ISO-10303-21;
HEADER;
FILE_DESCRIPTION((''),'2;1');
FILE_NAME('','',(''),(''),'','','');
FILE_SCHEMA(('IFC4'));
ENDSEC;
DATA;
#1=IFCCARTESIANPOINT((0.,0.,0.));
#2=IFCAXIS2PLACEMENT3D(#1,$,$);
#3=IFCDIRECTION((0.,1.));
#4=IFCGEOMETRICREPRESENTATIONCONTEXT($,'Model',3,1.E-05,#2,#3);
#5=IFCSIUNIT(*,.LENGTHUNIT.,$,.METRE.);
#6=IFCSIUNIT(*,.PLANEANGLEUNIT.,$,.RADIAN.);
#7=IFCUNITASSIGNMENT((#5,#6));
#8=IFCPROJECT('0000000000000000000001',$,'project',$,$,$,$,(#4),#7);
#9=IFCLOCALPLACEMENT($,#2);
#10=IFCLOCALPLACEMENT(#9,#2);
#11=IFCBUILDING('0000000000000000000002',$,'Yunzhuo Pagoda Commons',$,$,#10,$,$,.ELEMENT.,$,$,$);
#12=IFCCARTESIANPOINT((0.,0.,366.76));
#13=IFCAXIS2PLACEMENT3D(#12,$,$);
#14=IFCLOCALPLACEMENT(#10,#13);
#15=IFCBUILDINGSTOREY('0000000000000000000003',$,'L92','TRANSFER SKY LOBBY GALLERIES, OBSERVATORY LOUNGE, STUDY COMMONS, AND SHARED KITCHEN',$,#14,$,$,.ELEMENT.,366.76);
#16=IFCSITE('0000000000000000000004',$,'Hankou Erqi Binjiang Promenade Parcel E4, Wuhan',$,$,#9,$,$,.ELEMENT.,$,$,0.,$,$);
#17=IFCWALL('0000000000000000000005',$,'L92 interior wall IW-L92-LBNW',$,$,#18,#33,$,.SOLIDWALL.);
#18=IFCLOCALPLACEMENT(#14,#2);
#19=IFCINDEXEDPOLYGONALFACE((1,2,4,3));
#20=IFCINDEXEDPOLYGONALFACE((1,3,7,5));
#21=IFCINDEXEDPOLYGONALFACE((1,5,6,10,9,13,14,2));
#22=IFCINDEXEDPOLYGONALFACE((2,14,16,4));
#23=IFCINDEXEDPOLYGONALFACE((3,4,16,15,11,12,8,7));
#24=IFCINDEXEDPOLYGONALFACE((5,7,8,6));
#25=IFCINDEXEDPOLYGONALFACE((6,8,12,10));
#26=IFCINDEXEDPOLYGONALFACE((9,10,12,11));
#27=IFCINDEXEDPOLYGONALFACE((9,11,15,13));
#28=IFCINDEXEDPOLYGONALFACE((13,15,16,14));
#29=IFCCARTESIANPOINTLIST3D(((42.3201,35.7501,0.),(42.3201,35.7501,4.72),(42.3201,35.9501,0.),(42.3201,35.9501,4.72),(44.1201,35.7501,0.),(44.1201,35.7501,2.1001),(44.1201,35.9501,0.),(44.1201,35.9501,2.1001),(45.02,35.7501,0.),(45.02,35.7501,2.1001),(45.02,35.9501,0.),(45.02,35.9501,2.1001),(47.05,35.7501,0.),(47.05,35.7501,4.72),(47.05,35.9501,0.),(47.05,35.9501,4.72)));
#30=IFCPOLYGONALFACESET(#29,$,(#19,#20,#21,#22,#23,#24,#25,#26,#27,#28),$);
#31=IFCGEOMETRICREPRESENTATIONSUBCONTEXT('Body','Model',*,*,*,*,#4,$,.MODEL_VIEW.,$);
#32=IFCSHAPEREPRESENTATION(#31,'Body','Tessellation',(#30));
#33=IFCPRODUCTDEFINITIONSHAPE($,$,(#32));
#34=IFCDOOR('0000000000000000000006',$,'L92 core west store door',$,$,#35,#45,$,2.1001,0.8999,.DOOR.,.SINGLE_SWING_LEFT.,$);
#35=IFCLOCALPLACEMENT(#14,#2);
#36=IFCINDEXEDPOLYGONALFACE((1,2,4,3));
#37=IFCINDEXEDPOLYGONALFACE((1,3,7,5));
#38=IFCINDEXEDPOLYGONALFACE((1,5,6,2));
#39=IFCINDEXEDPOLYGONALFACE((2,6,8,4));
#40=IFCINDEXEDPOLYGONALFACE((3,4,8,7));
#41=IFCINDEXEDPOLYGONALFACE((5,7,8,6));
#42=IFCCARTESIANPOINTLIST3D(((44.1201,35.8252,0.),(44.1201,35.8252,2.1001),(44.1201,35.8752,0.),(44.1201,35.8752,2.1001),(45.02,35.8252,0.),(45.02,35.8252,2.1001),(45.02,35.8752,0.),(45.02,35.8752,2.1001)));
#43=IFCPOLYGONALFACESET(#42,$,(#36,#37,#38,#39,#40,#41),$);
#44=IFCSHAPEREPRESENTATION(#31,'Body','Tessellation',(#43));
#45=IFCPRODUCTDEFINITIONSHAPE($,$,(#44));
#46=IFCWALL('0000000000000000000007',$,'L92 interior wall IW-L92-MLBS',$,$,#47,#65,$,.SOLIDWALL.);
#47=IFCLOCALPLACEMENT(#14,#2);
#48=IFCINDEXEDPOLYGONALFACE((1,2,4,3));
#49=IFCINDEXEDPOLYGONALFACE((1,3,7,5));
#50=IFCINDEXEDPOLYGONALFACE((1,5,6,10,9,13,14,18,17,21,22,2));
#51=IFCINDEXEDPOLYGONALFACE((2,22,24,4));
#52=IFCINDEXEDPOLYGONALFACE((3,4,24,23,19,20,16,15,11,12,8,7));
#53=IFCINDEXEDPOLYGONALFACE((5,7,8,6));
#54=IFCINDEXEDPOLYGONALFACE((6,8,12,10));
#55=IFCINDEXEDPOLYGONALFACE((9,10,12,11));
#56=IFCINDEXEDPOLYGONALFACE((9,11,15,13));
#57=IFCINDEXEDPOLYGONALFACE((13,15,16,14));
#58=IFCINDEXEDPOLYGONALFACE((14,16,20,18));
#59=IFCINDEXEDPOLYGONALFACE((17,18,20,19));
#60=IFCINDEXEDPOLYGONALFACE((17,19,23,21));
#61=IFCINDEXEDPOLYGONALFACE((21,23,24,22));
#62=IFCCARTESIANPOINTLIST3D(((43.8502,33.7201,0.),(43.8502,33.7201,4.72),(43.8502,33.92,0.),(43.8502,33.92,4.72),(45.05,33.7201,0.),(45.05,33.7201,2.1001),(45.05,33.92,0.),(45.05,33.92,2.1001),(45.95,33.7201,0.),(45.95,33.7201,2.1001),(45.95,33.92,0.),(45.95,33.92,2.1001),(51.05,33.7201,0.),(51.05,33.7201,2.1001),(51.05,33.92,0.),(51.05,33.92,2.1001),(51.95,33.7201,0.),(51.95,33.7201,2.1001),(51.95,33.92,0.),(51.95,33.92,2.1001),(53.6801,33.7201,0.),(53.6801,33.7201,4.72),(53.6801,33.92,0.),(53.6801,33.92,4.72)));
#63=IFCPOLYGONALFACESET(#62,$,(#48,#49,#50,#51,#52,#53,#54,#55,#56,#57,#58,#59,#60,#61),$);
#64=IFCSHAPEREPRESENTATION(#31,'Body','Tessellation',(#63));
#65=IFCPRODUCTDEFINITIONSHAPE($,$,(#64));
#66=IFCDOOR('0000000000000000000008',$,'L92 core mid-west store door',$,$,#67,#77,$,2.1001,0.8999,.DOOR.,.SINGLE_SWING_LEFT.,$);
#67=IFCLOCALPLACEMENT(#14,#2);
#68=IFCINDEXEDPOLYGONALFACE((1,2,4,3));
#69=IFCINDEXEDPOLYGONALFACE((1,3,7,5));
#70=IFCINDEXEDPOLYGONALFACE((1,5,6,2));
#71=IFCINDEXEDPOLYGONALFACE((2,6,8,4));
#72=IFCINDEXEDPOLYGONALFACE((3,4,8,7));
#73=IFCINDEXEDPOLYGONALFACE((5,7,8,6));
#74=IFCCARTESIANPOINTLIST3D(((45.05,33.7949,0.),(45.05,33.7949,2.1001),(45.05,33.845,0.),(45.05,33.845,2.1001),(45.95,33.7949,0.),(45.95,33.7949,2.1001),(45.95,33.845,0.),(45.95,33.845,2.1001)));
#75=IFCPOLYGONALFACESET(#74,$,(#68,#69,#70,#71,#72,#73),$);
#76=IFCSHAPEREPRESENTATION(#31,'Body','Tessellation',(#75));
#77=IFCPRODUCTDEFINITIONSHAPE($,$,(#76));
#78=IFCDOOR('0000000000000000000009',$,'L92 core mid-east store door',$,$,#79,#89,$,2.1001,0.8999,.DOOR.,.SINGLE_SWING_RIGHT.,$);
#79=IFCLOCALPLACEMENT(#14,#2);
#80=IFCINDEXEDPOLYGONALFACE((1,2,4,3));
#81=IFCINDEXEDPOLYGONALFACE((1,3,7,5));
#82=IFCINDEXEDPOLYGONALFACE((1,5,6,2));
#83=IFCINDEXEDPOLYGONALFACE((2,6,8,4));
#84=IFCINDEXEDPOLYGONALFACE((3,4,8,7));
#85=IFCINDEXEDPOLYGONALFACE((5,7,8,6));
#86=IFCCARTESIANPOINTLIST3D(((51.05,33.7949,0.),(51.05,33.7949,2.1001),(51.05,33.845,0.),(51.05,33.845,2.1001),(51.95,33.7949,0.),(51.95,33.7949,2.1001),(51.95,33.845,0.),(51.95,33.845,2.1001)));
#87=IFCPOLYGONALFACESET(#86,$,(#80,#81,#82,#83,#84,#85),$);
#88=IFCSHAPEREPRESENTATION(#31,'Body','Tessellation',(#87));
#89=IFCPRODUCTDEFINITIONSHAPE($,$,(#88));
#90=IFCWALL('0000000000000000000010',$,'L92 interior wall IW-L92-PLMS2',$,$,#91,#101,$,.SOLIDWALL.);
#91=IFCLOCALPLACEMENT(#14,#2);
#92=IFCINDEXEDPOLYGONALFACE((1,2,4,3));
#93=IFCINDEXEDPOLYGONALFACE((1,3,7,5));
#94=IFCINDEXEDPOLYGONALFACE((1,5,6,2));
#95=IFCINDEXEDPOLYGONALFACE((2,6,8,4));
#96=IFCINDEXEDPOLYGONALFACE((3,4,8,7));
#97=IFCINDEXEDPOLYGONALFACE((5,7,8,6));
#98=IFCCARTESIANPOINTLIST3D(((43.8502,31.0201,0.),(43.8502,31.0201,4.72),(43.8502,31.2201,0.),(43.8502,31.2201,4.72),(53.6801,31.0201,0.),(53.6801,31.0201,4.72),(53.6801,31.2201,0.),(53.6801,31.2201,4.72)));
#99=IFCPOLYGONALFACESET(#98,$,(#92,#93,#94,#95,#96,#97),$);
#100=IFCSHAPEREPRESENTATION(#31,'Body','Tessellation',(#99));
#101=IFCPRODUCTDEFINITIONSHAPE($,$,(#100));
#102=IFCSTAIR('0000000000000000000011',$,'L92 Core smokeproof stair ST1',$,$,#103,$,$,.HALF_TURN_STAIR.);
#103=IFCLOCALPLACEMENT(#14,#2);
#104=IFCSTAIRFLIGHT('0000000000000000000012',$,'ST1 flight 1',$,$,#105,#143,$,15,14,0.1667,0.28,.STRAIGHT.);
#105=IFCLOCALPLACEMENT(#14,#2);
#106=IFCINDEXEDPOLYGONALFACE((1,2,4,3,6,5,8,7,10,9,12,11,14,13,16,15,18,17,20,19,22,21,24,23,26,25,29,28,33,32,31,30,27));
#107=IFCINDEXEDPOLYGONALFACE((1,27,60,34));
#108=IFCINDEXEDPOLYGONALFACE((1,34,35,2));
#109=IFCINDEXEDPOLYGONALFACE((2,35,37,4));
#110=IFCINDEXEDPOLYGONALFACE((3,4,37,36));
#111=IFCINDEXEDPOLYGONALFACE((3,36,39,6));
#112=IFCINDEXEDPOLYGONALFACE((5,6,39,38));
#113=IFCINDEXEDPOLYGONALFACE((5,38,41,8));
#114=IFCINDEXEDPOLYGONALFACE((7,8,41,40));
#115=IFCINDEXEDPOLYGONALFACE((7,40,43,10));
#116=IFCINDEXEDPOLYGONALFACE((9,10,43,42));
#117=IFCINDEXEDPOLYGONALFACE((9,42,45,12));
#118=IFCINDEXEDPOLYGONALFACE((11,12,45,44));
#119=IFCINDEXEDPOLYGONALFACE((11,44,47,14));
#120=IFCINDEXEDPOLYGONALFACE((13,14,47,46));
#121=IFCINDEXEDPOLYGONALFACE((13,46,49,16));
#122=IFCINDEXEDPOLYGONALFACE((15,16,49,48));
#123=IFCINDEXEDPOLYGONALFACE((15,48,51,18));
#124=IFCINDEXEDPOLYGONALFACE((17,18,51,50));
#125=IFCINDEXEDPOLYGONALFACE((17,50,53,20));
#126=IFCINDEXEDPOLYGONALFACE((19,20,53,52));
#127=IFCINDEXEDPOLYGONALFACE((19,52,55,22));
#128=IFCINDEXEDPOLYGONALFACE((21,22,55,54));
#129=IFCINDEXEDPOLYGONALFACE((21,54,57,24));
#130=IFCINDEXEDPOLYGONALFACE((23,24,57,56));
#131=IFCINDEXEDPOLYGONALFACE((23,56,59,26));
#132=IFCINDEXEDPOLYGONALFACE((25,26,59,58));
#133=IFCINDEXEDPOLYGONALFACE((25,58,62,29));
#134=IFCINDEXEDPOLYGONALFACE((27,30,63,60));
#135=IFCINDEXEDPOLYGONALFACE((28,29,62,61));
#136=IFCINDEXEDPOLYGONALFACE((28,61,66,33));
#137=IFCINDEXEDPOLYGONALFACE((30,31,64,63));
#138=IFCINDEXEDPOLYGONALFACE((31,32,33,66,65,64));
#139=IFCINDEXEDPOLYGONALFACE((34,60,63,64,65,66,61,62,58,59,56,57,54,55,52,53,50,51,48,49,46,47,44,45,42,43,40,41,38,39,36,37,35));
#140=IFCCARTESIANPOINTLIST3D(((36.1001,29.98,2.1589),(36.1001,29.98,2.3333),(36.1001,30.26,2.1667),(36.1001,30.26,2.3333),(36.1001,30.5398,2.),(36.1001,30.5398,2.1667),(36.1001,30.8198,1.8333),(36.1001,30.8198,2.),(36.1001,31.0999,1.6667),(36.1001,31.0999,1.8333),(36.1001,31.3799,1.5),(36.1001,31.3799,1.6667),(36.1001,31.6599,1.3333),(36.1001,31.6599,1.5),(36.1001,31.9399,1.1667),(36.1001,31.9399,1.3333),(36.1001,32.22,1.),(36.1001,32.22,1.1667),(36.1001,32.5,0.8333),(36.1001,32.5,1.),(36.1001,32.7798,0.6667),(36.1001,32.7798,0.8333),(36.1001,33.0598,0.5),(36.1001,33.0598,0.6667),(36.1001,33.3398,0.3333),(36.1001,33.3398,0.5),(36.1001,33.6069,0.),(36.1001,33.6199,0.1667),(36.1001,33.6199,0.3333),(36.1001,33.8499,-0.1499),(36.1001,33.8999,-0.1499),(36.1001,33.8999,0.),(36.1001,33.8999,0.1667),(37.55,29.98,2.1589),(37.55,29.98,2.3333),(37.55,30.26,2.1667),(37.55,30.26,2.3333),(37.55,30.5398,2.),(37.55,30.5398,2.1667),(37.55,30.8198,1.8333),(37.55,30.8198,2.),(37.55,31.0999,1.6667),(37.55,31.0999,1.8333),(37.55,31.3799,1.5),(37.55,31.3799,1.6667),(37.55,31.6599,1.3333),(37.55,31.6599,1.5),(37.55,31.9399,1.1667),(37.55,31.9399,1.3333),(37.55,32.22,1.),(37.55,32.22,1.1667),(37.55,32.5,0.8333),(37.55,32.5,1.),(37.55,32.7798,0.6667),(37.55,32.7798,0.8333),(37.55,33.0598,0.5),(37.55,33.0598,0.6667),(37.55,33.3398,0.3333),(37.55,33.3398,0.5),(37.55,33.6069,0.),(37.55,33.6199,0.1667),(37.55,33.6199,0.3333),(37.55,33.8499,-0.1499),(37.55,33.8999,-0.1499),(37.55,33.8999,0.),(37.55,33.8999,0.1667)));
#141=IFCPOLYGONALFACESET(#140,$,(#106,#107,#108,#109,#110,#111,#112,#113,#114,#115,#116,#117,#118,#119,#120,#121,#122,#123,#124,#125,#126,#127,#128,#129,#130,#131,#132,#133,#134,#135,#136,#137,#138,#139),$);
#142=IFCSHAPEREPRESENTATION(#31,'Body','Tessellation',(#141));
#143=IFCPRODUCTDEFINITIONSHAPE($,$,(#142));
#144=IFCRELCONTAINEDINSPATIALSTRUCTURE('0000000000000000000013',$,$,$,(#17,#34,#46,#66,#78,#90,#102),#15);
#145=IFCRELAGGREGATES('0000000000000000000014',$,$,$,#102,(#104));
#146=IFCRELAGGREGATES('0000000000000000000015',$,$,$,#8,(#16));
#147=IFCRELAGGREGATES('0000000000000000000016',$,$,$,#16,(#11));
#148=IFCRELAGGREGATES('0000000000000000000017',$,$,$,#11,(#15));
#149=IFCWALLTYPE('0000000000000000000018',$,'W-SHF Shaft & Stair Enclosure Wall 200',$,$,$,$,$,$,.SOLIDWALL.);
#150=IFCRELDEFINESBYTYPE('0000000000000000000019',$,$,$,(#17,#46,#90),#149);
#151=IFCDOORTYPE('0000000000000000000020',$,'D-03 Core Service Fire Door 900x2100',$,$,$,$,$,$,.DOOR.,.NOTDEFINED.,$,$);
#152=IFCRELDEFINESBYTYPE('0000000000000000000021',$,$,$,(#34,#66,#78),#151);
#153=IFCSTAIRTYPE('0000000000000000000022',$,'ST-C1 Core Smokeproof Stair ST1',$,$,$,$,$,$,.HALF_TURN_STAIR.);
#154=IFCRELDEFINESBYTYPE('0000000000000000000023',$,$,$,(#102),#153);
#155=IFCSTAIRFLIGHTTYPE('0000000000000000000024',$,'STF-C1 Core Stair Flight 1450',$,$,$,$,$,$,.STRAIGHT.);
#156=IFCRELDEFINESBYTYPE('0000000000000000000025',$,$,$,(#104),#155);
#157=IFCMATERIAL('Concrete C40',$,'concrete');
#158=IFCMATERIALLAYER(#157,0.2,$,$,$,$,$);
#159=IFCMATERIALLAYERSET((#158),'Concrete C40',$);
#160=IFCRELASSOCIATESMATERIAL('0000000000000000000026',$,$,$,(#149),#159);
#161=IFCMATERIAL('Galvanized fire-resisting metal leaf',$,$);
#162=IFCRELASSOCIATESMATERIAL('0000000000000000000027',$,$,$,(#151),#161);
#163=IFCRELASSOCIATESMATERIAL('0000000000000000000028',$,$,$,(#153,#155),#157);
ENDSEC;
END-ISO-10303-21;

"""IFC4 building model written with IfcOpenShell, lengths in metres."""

from ifc_helpers import new_model, si_unit, direction, frame, frame_2d, origin, origin_with_axes, place, context, subcontext, project, spatial, polyline, rectangle, outline, extrude, source, transform, mapped, material, layer, layer_set, type_object, element, fill, aggregate, save


model = new_model("IFC4")

# Units and contexts
model_context = context("Model", 3, precision=1e-05, world=origin(), true_north=direction((0.0, 1.0)))
body_context = subcontext(model_context, "Body", "Model", "MODEL_VIEW")
ifc_project = project(units=[si_unit("LENGTHUNIT", "METRE"), si_unit("PLANEANGLEUNIT", "RADIAN")], contexts=[model_context])

# Site, building, storey
site_placement = place(None, origin())
site = spatial("IfcSite", under=ifc_project, at=site_placement, Name="Hankou Erqi Binjiang Promenade Parcel E4, Wuhan", CompositionType="ELEMENT", RefElevation=0.0)
building_placement = place(site_placement, origin())
building = spatial("IfcBuilding", under=site, at=building_placement, Name="Yunzhuo Pagoda Commons", CompositionType="ELEMENT")
storey_placement = place(building_placement, frame((0.0, 0.0, 366.76)))
storey = spatial("IfcBuildingStorey", under=building, at=storey_placement, Name="L92", Description="TRANSFER SKY LOBBY GALLERIES, OBSERVATORY LOUNGE, STUDY COMMONS, AND SHARED KITCHEN", CompositionType="ELEMENT", Elevation=366.76)

# Shared definitions
ifc_material_1 = material(Name="Galvanized fire-resisting metal leaf")
ifc_material_2 = material(Name="Concrete C40", Category="concrete")
ifc_layer_1 = layer(ifc_material_2, 0.2)
ifc_layer_set_1 = layer_set([ifc_layer_1], Name="Concrete C40")
wall_type_1 = type_object("IfcWallType", Name="W-SHF Shaft & Stair Enclosure Wall 200", PredefinedType="SOLIDWALL", material=ifc_layer_set_1)

# Wall, opening, door
wall_1_placement = place(storey_placement, frame((42.3201, 35.8501, 0.0), z_axis=(0.0, 0.0, 1.0), x_axis=(1.0, 0.0, 0.0)))
wall_1 = element("IfcWall", 1, at=wall_1_placement, inside=storey, type_object=wall_type_1, Name="L92 interior wall IW-L92-LBNW", PredefinedType="SOLIDWALL", context=body_context, shape_type="SweptSolid", body=[
    extrude(rectangle(XDim=4.73, YDim=0.2, at=frame_2d((2.365, 0.0))), origin(), (0.0, 0.0, 1.0), 4.72),
])
opening_1_placement = place(wall_1_placement, frame((1.8, 0.0, 0.0)))
opening_1 = element("IfcOpeningElement", 2, at=opening_1_placement, cuts=wall_1, PredefinedType="OPENING", context=body_context, shape_type="SweptSolid", body=[
    extrude(rectangle(XDim=0.8999, YDim=2.1001, at=frame_2d((0.45, 1.05))), frame((0.0, 0.1099, 0.0), z_axis=(0.0, -1.0, 0.0), x_axis=(1.0, 0.0, 0.0)), (0.0, 0.0, 1.0), 0.22),
])
door_type_1 = type_object("IfcDoorType", Name="D-03 Core Service Fire Door 900x2100", OperationType="NOTDEFINED", PredefinedType="DOOR", material=ifc_material_1)
shared_shape_1 = source(origin(), body_context, "Body", "SweptSolid", [
    extrude(rectangle(XDim=0.8999, YDim=2.1001, at=frame_2d((0.45, 1.05))), frame((0.0, 0.0249, 0.0), z_axis=(0.0, -1.0, 0.0), x_axis=(1.0, 0.0, 0.0)), (0.0, 0.0, 1.0), 0.05),
])
door_1_placement = place(opening_1_placement, frame((0.8999, 0.0, 0.0), z_axis=(0.0, 0.0, 1.0), x_axis=(-1.0, 0.0, 0.0)))
door_1 = element("IfcDoor", 3, at=door_1_placement, inside=storey, type_object=door_type_1, Name="L92 core west store door", OperationType="SINGLE_SWING_LEFT", OverallHeight=2.1001, OverallWidth=0.8999, PredefinedType="DOOR", context=body_context, shape_type="MappedRepresentation", body=[
    mapped(shared_shape_1, transform((0.0, 0.0, 0.0), scale=1.0)),
])
fill(opening_1, door_1)

# Wall, openings, doors
wall_2_placement = place(storey_placement, frame((43.8501, 33.8201, 0.0), z_axis=(0.0, 0.0, 1.0), x_axis=(1.0, 0.0, 0.0)))
wall_2 = element("IfcWall", 4, at=wall_2_placement, inside=storey, type_object=wall_type_1, Name="L92 interior wall IW-L92-MLBS", PredefinedType="SOLIDWALL", context=body_context, shape_type="SweptSolid", body=[
    extrude(rectangle(XDim=9.8298, YDim=0.2, at=frame_2d((4.915, 0.0))), origin(), (0.0, 0.0, 1.0), 4.72),
])
opening_2_placement = place(wall_2_placement, frame((1.2, 0.0, 0.0)))
opening_2 = element("IfcOpeningElement", 5, at=opening_2_placement, cuts=wall_2, PredefinedType="OPENING", context=body_context, shape_type="SweptSolid", body=[
    extrude(rectangle(XDim=0.8999, YDim=2.1001, at=frame_2d((0.45, 1.05))), frame((0.0, 0.1099, 0.0), z_axis=(0.0, -1.0, 0.0), x_axis=(1.0, 0.0, 0.0)), (0.0, 0.0, 1.0), 0.22),
])
opening_3_placement = place(wall_2_placement, frame((7.2, 0.0, 0.0)))
opening_3 = element("IfcOpeningElement", 6, at=opening_3_placement, cuts=wall_2, PredefinedType="OPENING", context=body_context, shape_type="SweptSolid", body=[
    extrude(rectangle(XDim=0.8999, YDim=2.1001, at=frame_2d((0.45, 1.05))), frame((0.0, 0.1099, 0.0), z_axis=(0.0, -1.0, 0.0), x_axis=(1.0, 0.0, 0.0)), (0.0, 0.0, 1.0), 0.22),
])
door_2_placement = place(opening_2_placement, origin_with_axes())
door_2 = element("IfcDoor", 7, at=door_2_placement, inside=storey, type_object=door_type_1, Name="L92 core mid-west store door", OperationType="SINGLE_SWING_LEFT", OverallHeight=2.1001, OverallWidth=0.8999, PredefinedType="DOOR", context=body_context, shape_type="MappedRepresentation", body=[
    mapped(shared_shape_1, transform((0.0, 0.0, 0.0), scale=1.0)),
])
fill(opening_2, door_2)
door_3_placement = place(opening_3_placement, origin_with_axes())
door_3 = element("IfcDoor", 8, at=door_3_placement, inside=storey, type_object=door_type_1, Name="L92 core mid-east store door", OperationType="SINGLE_SWING_RIGHT", OverallHeight=2.1001, OverallWidth=0.8999, PredefinedType="DOOR", context=body_context, shape_type="MappedRepresentation", body=[
    mapped(shared_shape_1, transform((0.0, 0.0, 0.0), scale=1.0)),
])
fill(opening_3, door_3)

# Wall
wall_3_placement = place(storey_placement, frame((43.8501, 31.1201, 0.0), z_axis=(0.0, 0.0, 1.0), x_axis=(1.0, 0.0, 0.0)))
element("IfcWall", 9, at=wall_3_placement, inside=storey, type_object=wall_type_1, Name="L92 interior wall IW-L92-PLMS2", PredefinedType="SOLIDWALL", context=body_context, shape_type="SweptSolid", body=[
    extrude(rectangle(XDim=9.8298, YDim=0.2, at=frame_2d((4.915, 0.0))), origin(), (0.0, 0.0, 1.0), 4.72),
])

# Stair, stair flight
stair_type = type_object("IfcStairType", Name="ST-C1 Core Smokeproof Stair ST1", PredefinedType="HALF_TURN_STAIR", material=ifc_material_2)
stair_placement = place(storey_placement, origin())
stair = element("IfcStair", 10, at=stair_placement, inside=storey, type_object=stair_type, Name="L92 Core smokeproof stair ST1", PredefinedType="HALF_TURN_STAIR")
stair_flight_type = type_object("IfcStairFlightType", Name="STF-C1 Core Stair Flight 1450", PredefinedType="STRAIGHT", material=ifc_material_2)
shared_shape_2 = source(origin(), body_context, "Body", "SweptSolid", [
    extrude(outline(polyline([(0.0, -0.1499), (0.0, 0.0), (0.0, 0.1667), (0.28, 0.1667), (0.28, 0.3333), (0.5601, 0.3333), (0.5601, 0.5), (0.8401, 0.5), (0.8401, 0.6667), (1.1201, 0.6667), (1.1201, 0.8333), (1.3999, 0.8333), (1.3999, 1.0), (1.6799, 1.0), (1.6799, 1.1667), (1.96, 1.1667), (1.96, 1.3333), (2.24, 1.3333), (2.24, 1.5), (2.52, 1.5), (2.52, 1.6667), (2.8, 1.6667), (2.8, 1.8333), (3.0801, 1.8333), (3.0801, 2.0), (3.3601, 2.0), (3.3601, 2.1667), (3.6399, 2.1667), (3.6399, 2.3333), (3.9199, 2.3333), (3.9199, 2.5), (3.9199, 2.1589), (0.293, 0.0), (0.05, -0.1499), (0.0, -0.1499)])), frame((0.0, 0.7251, 0.0), z_axis=(0.0, -1.0, 0.0), x_axis=(1.0, 0.0, 0.0)), (0.0, 0.0, 1.0), 1.45),
])
stair_flight_placement = place(storey_placement, frame((36.825, 33.8999, 0.0), z_axis=(0.0, 0.0, 1.0), x_axis=(0.0, -1.0, 0.0)))
stair_flight = element("IfcStairFlight", 11, at=stair_flight_placement, type_object=stair_flight_type, Name="ST1 flight 1", NumberOfRisers=15, NumberOfTreads=14, PredefinedType="STRAIGHT", RiserHeight=0.1667, TreadLength=0.28, context=body_context, shape_type="MappedRepresentation", body=[
    mapped(shared_shape_2, transform((0.0, 0.0, 0.0), scale=1.0)),
])
aggregate(stair, [stair_flight])

save(model, "model.ifc")
